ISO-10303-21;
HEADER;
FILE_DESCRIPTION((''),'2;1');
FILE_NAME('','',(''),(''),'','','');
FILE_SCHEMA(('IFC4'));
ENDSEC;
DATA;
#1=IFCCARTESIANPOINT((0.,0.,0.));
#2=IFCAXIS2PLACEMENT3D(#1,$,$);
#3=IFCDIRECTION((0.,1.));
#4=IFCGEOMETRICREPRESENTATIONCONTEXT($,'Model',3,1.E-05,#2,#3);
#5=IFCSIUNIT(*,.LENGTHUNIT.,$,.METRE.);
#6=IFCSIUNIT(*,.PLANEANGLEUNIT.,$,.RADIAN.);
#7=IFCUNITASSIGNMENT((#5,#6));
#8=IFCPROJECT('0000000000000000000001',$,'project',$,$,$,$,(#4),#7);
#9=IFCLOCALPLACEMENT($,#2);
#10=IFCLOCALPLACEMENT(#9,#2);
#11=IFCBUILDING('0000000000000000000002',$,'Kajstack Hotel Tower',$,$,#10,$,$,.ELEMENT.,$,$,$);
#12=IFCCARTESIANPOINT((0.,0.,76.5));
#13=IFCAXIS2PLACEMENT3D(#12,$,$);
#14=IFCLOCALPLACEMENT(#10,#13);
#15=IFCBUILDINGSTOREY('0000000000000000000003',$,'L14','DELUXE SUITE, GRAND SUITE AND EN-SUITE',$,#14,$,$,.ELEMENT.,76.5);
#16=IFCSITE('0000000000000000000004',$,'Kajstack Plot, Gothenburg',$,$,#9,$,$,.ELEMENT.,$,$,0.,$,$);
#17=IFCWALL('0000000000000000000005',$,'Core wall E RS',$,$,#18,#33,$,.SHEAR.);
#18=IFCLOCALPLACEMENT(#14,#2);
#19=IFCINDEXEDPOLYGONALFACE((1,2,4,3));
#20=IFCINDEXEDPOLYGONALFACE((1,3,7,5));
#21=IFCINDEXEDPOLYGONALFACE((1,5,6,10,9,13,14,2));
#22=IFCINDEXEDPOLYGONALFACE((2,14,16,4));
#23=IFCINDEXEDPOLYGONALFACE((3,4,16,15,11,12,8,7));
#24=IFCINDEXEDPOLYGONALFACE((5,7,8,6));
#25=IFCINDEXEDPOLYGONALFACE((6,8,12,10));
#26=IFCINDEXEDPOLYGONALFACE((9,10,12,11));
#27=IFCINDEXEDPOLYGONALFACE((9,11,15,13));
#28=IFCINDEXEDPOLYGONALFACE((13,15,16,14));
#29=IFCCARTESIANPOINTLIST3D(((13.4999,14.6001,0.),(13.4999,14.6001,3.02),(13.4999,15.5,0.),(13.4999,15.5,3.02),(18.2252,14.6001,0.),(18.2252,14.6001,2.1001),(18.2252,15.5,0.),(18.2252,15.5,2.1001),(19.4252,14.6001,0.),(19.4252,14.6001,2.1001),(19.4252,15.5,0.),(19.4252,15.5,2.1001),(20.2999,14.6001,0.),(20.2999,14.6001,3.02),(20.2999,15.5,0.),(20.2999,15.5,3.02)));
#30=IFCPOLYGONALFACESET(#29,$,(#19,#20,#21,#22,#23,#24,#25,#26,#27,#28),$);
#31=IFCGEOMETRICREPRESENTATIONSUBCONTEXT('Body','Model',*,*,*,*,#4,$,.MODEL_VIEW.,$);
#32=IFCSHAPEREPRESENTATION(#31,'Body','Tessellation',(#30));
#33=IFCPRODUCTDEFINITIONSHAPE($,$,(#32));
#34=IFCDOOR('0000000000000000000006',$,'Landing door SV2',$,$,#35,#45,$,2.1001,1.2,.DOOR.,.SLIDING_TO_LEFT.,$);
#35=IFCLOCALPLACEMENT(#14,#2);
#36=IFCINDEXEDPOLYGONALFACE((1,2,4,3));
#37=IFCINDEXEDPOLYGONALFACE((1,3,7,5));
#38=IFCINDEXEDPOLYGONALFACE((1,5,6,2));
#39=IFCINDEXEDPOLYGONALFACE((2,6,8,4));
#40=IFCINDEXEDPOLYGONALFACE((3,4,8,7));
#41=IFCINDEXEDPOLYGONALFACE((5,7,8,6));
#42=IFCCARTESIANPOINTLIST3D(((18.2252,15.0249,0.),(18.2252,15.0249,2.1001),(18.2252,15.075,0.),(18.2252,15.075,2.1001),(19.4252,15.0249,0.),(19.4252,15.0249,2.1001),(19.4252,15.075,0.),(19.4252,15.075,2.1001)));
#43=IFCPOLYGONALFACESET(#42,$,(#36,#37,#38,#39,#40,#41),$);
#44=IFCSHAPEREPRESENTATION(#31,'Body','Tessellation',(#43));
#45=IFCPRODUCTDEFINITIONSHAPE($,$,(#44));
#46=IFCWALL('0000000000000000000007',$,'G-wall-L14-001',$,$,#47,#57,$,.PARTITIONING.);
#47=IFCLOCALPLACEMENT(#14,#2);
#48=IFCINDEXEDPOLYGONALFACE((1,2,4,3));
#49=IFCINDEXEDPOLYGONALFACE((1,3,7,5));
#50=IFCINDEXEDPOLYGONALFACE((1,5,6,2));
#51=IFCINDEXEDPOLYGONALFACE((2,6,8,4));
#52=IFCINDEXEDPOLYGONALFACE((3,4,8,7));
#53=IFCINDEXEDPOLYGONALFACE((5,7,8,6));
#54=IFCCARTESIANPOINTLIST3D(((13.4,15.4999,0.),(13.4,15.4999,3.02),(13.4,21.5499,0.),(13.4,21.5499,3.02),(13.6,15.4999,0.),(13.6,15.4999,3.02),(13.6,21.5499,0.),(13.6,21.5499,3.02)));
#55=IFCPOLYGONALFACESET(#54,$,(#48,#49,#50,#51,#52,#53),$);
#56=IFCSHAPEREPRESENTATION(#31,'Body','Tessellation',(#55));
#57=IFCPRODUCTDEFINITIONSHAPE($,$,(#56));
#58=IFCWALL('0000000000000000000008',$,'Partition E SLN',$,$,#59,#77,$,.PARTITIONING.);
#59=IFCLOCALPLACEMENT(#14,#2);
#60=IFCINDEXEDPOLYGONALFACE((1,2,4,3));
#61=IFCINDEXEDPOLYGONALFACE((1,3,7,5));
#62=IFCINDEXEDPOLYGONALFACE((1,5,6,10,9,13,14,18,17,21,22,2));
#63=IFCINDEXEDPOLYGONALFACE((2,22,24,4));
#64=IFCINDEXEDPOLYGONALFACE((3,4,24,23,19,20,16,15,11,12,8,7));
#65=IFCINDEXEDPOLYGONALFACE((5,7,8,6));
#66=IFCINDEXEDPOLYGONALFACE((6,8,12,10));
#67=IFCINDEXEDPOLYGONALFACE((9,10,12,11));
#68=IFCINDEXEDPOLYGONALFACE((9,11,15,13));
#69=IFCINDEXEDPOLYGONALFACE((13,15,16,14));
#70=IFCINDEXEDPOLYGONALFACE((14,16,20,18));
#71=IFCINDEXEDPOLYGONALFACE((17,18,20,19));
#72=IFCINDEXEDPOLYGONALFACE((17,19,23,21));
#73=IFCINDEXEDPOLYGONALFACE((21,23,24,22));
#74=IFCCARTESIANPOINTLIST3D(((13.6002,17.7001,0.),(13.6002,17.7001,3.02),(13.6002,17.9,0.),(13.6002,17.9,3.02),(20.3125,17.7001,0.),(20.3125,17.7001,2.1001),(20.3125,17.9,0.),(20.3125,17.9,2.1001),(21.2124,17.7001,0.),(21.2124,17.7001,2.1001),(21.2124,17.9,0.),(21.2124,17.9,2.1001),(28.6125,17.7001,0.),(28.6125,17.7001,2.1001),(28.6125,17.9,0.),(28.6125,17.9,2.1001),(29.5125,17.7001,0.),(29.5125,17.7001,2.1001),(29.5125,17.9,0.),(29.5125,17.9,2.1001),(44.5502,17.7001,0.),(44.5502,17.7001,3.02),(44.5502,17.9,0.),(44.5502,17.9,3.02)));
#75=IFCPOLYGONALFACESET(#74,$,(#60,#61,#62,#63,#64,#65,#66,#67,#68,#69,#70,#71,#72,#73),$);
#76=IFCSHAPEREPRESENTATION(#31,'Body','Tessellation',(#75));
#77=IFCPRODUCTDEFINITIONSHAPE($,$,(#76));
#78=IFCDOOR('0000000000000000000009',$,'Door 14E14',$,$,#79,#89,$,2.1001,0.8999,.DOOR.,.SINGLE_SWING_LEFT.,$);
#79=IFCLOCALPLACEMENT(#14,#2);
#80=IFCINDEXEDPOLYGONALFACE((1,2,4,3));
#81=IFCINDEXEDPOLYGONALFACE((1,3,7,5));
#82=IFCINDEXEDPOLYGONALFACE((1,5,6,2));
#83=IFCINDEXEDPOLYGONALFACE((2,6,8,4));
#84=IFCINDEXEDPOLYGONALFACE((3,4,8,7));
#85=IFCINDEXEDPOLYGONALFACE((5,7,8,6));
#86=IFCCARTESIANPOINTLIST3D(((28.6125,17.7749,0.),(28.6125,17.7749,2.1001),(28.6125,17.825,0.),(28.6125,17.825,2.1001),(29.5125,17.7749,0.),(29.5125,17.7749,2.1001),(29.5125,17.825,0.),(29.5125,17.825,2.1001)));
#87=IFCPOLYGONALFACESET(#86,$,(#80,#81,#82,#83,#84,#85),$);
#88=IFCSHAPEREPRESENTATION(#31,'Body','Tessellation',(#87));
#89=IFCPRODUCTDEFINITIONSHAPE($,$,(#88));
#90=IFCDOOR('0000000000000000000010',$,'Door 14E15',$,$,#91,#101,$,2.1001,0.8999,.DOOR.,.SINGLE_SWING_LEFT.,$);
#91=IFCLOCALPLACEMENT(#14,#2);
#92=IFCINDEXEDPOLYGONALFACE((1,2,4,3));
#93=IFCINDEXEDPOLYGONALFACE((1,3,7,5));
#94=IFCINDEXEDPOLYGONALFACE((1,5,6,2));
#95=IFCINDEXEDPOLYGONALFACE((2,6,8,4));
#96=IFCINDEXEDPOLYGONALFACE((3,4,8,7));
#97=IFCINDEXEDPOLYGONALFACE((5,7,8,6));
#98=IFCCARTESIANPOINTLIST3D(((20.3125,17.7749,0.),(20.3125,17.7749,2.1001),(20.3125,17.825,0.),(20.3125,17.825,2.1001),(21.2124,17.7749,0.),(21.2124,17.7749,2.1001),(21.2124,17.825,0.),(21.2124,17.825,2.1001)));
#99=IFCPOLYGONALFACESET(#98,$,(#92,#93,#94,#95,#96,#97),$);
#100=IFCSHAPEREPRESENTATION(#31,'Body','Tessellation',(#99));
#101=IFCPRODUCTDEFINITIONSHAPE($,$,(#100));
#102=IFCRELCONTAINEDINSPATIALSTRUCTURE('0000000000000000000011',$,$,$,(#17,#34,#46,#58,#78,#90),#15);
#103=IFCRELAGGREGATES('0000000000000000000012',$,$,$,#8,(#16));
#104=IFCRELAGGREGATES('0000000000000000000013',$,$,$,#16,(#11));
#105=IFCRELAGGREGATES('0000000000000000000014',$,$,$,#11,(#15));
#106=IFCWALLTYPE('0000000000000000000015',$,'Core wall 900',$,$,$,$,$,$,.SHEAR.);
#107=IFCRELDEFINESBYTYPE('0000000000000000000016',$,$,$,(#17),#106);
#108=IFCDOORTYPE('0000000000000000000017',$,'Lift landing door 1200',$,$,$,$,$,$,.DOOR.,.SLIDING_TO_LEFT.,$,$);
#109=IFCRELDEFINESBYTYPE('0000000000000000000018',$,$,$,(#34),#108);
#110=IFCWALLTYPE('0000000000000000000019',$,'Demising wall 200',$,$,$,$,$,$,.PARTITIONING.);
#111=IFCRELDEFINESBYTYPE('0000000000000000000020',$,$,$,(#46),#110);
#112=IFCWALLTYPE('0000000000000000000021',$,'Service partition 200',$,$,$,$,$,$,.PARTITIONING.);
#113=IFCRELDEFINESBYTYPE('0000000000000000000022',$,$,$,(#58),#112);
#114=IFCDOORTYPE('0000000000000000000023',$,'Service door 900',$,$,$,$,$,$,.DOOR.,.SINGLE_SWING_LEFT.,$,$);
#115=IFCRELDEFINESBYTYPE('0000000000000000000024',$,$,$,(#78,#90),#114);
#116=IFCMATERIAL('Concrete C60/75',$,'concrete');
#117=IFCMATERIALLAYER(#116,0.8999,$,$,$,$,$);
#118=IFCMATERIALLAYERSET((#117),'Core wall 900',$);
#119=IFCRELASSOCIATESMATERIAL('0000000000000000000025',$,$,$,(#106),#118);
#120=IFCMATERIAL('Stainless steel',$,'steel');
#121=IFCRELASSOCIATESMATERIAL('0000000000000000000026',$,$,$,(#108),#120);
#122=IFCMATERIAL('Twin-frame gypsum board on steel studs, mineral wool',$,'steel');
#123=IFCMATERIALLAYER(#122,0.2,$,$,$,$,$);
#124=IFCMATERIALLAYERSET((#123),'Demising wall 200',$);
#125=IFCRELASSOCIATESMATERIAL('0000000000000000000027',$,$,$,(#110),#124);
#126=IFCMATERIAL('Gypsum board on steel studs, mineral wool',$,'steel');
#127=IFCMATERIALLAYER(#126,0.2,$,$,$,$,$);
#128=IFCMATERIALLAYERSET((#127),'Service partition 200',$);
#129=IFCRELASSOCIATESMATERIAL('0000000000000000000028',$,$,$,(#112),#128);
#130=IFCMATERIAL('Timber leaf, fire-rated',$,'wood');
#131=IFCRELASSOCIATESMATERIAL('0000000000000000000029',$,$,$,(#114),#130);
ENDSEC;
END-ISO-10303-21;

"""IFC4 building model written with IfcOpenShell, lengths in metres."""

from ifc_helpers import new_model, si_unit, direction, frame, frame_2d, origin, place, context, subcontext, project, spatial, rectangle, extrude, material, layer, layer_set, type_object, element, fill, save


model = new_model("IFC4")

# Units and contexts
model_context = context("Model", 3, precision=1e-05, world=origin(), true_north=direction((0.0, 1.0)))
body_context = subcontext(model_context, "Body", "Model", "MODEL_VIEW")
ifc_project = project(units=[si_unit("LENGTHUNIT", "METRE"), si_unit("PLANEANGLEUNIT", "RADIAN")], contexts=[model_context])

# Site, building, storey
site_placement = place(None, origin())
site = spatial("IfcSite", under=ifc_project, at=site_placement, Name="Kajstack Plot, Gothenburg", CompositionType="ELEMENT", RefElevation=0.0)
building_placement = place(site_placement, origin())
building = spatial("IfcBuilding", under=site, at=building_placement, Name="Kajstack Hotel Tower", CompositionType="ELEMENT")
storey_placement = place(building_placement, frame((0.0, 0.0, 76.5)))
storey = spatial("IfcBuildingStorey", under=building, at=storey_placement, Name="L14", Description="DELUXE SUITE, GRAND SUITE AND EN-SUITE", CompositionType="ELEMENT", Elevation=76.5)

# Wall, opening, door
ifc_material_1 = material(Name="Concrete C60/75", Category="concrete")
ifc_layer_1 = layer(ifc_material_1, 0.8999)
ifc_layer_set_1 = layer_set([ifc_layer_1], Name="Core wall 900")
wall_type_1 = type_object("IfcWallType", Name="Core wall 900", PredefinedType="SHEAR", material=ifc_layer_set_1)
wall_1_placement = place(storey_placement, frame((13.5, 15.05, 0.0), z_axis=(0.0, 0.0, 1.0), x_axis=(1.0, 0.0, 0.0)))
wall_1 = element("IfcWall", 1, at=wall_1_placement, inside=storey, type_object=wall_type_1, Name="Core wall E RS", PredefinedType="SHEAR", context=body_context, shape_type="SweptSolid", body=[
    extrude(rectangle(XDim=6.8, YDim=0.8999, at=frame_2d((3.3999, 0.0))), origin(), (0.0, 0.0, 1.0), 3.02),
])
opening_1_placement = place(wall_1_placement, frame((4.7251, 0.0, 0.0)))
opening_1 = element("IfcOpeningElement", 2, at=opening_1_placement, cuts=wall_1, PredefinedType="OPENING", context=body_context, shape_type="SweptSolid", body=[
    extrude(rectangle(XDim=1.2, YDim=2.1001, at=frame_2d((0.6001, 1.05))), frame((0.0, 0.46, 0.0), z_axis=(0.0, -1.0, 0.0), x_axis=(1.0, 0.0, 0.0)), (0.0, 0.0, 1.0), 0.9199),
])
ifc_material_2 = material(Name="Stainless steel", Category="steel")
door_type_1 = type_object("IfcDoorType", Name="Lift landing door 1200", OperationType="SLIDING_TO_LEFT", PredefinedType="DOOR", material=ifc_material_2)
door_1_placement = place(opening_1_placement, origin())
door_1 = element("IfcDoor", 3, at=door_1_placement, inside=storey, type_object=door_type_1, Name="Landing door SV2", OperationType="SLIDING_TO_LEFT", OverallHeight=2.1001, OverallWidth=1.2, PredefinedType="DOOR", context=body_context, shape_type="SweptSolid", body=[
    extrude(rectangle(XDim=1.2, YDim=2.1001, at=frame_2d((0.6001, 1.05))), frame((0.0, 0.0249, 0.0), z_axis=(0.0, -1.0, 0.0), x_axis=(1.0, 0.0, 0.0)), (0.0, 0.0, 1.0), 0.05),
])
fill(opening_1, door_1)

# Wall
ifc_material_3 = material(Name="Twin-frame gypsum board on steel studs, mineral wool", Category="steel")
ifc_layer_2 = layer(ifc_material_3, 0.2)
ifc_layer_set_2 = layer_set([ifc_layer_2], Name="Demising wall 200")
wall_type_2 = type_object("IfcWallType", Name="Demising wall 200", PredefinedType="PARTITIONING", material=ifc_layer_set_2)
wall_2_placement = place(storey_placement, frame((13.5, 15.5, 0.0), z_axis=(0.0, 0.0, 1.0), x_axis=(0.0, 1.0, 0.0)))
element("IfcWall", 4, at=wall_2_placement, inside=storey, type_object=wall_type_2, Name="G-wall-L14-001", PredefinedType="PARTITIONING", context=body_context, shape_type="SweptSolid", body=[
    extrude(rectangle(XDim=6.05, YDim=0.2, at=frame_2d((3.0249, 0.0))), origin(), (0.0, 0.0, 1.0), 3.02),
])

# Wall, openings, doors
ifc_material_4 = material(Name="Gypsum board on steel studs, mineral wool", Category="steel")
ifc_layer_3 = layer(ifc_material_4, 0.2)
ifc_layer_set_3 = layer_set([ifc_layer_3], Name="Service partition 200")
wall_type_3 = type_object("IfcWallType", Name="Service partition 200", PredefinedType="PARTITIONING", material=ifc_layer_set_3)
wall_3_placement = place(storey_placement, frame((13.6001, 17.8, 0.0), z_axis=(0.0, 0.0, 1.0), x_axis=(1.0, 0.0, 0.0)))
wall_3 = element("IfcWall", 5, at=wall_3_placement, inside=storey, type_object=wall_type_3, Name="Partition E SLN", PredefinedType="PARTITIONING", context=body_context, shape_type="SweptSolid", body=[
    extrude(rectangle(XDim=30.95, YDim=0.2, at=frame_2d((15.4751, 0.0))), origin(), (0.0, 0.0, 1.0), 3.02),
])
opening_2_placement = place(wall_3_placement, frame((15.0125, 0.0, 0.0)))
opening_2 = element("IfcOpeningElement", 6, at=opening_2_placement, cuts=wall_3, PredefinedType="OPENING", context=body_context, shape_type="SweptSolid", body=[
    extrude(rectangle(XDim=0.8999, YDim=2.1001, at=frame_2d((0.45, 1.05))), frame((0.0, 0.1099, 0.0), z_axis=(0.0, -1.0, 0.0), x_axis=(1.0, 0.0, 0.0)), (0.0, 0.0, 1.0), 0.22),
])
opening_3_placement = place(wall_3_placement, frame((6.7124, 0.0, 0.0)))
opening_3 = element("IfcOpeningElement", 7, at=opening_3_placement, cuts=wall_3, PredefinedType="OPENING", context=body_context, shape_type="SweptSolid", body=[
    extrude(rectangle(XDim=0.8999, YDim=2.1001, at=frame_2d((0.45, 1.05))), frame((0.0, 0.1099, 0.0), z_axis=(0.0, -1.0, 0.0), x_axis=(1.0, 0.0, 0.0)), (0.0, 0.0, 1.0), 0.22),
])
ifc_material_5 = material(Name="Timber leaf, fire-rated", Category="wood")
door_type_2 = type_object("IfcDoorType", Name="Service door 900", OperationType="SINGLE_SWING_LEFT", PredefinedType="DOOR", material=ifc_material_5)
door_2_placement = place(opening_2_placement, origin())
door_2 = element("IfcDoor", 8, at=door_2_placement, inside=storey, type_object=door_type_2, Name="Door 14E14", OperationType="SINGLE_SWING_LEFT", OverallHeight=2.1001, OverallWidth=0.8999, PredefinedType="DOOR", context=body_context, shape_type="SweptSolid", body=[
    extrude(rectangle(XDim=0.8999, YDim=2.1001, at=frame_2d((0.45, 1.05))), frame((0.0, 0.0249, 0.0), z_axis=(0.0, -1.0, 0.0), x_axis=(1.0, 0.0, 0.0)), (0.0, 0.0, 1.0), 0.05),
])
fill(opening_2, door_2)
door_3_placement = place(opening_3_placement, origin())
door_3 = element("IfcDoor", 9, at=door_3_placement, inside=storey, type_object=door_type_2, Name="Door 14E15", OperationType="SINGLE_SWING_LEFT", OverallHeight=2.1001, OverallWidth=0.8999, PredefinedType="DOOR", context=body_context, shape_type="SweptSolid", body=[
    extrude(rectangle(XDim=0.8999, YDim=2.1001, at=frame_2d((0.45, 1.05))), frame((0.0, 0.0249, 0.0), z_axis=(0.0, -1.0, 0.0), x_axis=(1.0, 0.0, 0.0)), (0.0, 0.0, 1.0), 0.05),
])
fill(opening_3, door_3)

save(model, "model.ifc")
